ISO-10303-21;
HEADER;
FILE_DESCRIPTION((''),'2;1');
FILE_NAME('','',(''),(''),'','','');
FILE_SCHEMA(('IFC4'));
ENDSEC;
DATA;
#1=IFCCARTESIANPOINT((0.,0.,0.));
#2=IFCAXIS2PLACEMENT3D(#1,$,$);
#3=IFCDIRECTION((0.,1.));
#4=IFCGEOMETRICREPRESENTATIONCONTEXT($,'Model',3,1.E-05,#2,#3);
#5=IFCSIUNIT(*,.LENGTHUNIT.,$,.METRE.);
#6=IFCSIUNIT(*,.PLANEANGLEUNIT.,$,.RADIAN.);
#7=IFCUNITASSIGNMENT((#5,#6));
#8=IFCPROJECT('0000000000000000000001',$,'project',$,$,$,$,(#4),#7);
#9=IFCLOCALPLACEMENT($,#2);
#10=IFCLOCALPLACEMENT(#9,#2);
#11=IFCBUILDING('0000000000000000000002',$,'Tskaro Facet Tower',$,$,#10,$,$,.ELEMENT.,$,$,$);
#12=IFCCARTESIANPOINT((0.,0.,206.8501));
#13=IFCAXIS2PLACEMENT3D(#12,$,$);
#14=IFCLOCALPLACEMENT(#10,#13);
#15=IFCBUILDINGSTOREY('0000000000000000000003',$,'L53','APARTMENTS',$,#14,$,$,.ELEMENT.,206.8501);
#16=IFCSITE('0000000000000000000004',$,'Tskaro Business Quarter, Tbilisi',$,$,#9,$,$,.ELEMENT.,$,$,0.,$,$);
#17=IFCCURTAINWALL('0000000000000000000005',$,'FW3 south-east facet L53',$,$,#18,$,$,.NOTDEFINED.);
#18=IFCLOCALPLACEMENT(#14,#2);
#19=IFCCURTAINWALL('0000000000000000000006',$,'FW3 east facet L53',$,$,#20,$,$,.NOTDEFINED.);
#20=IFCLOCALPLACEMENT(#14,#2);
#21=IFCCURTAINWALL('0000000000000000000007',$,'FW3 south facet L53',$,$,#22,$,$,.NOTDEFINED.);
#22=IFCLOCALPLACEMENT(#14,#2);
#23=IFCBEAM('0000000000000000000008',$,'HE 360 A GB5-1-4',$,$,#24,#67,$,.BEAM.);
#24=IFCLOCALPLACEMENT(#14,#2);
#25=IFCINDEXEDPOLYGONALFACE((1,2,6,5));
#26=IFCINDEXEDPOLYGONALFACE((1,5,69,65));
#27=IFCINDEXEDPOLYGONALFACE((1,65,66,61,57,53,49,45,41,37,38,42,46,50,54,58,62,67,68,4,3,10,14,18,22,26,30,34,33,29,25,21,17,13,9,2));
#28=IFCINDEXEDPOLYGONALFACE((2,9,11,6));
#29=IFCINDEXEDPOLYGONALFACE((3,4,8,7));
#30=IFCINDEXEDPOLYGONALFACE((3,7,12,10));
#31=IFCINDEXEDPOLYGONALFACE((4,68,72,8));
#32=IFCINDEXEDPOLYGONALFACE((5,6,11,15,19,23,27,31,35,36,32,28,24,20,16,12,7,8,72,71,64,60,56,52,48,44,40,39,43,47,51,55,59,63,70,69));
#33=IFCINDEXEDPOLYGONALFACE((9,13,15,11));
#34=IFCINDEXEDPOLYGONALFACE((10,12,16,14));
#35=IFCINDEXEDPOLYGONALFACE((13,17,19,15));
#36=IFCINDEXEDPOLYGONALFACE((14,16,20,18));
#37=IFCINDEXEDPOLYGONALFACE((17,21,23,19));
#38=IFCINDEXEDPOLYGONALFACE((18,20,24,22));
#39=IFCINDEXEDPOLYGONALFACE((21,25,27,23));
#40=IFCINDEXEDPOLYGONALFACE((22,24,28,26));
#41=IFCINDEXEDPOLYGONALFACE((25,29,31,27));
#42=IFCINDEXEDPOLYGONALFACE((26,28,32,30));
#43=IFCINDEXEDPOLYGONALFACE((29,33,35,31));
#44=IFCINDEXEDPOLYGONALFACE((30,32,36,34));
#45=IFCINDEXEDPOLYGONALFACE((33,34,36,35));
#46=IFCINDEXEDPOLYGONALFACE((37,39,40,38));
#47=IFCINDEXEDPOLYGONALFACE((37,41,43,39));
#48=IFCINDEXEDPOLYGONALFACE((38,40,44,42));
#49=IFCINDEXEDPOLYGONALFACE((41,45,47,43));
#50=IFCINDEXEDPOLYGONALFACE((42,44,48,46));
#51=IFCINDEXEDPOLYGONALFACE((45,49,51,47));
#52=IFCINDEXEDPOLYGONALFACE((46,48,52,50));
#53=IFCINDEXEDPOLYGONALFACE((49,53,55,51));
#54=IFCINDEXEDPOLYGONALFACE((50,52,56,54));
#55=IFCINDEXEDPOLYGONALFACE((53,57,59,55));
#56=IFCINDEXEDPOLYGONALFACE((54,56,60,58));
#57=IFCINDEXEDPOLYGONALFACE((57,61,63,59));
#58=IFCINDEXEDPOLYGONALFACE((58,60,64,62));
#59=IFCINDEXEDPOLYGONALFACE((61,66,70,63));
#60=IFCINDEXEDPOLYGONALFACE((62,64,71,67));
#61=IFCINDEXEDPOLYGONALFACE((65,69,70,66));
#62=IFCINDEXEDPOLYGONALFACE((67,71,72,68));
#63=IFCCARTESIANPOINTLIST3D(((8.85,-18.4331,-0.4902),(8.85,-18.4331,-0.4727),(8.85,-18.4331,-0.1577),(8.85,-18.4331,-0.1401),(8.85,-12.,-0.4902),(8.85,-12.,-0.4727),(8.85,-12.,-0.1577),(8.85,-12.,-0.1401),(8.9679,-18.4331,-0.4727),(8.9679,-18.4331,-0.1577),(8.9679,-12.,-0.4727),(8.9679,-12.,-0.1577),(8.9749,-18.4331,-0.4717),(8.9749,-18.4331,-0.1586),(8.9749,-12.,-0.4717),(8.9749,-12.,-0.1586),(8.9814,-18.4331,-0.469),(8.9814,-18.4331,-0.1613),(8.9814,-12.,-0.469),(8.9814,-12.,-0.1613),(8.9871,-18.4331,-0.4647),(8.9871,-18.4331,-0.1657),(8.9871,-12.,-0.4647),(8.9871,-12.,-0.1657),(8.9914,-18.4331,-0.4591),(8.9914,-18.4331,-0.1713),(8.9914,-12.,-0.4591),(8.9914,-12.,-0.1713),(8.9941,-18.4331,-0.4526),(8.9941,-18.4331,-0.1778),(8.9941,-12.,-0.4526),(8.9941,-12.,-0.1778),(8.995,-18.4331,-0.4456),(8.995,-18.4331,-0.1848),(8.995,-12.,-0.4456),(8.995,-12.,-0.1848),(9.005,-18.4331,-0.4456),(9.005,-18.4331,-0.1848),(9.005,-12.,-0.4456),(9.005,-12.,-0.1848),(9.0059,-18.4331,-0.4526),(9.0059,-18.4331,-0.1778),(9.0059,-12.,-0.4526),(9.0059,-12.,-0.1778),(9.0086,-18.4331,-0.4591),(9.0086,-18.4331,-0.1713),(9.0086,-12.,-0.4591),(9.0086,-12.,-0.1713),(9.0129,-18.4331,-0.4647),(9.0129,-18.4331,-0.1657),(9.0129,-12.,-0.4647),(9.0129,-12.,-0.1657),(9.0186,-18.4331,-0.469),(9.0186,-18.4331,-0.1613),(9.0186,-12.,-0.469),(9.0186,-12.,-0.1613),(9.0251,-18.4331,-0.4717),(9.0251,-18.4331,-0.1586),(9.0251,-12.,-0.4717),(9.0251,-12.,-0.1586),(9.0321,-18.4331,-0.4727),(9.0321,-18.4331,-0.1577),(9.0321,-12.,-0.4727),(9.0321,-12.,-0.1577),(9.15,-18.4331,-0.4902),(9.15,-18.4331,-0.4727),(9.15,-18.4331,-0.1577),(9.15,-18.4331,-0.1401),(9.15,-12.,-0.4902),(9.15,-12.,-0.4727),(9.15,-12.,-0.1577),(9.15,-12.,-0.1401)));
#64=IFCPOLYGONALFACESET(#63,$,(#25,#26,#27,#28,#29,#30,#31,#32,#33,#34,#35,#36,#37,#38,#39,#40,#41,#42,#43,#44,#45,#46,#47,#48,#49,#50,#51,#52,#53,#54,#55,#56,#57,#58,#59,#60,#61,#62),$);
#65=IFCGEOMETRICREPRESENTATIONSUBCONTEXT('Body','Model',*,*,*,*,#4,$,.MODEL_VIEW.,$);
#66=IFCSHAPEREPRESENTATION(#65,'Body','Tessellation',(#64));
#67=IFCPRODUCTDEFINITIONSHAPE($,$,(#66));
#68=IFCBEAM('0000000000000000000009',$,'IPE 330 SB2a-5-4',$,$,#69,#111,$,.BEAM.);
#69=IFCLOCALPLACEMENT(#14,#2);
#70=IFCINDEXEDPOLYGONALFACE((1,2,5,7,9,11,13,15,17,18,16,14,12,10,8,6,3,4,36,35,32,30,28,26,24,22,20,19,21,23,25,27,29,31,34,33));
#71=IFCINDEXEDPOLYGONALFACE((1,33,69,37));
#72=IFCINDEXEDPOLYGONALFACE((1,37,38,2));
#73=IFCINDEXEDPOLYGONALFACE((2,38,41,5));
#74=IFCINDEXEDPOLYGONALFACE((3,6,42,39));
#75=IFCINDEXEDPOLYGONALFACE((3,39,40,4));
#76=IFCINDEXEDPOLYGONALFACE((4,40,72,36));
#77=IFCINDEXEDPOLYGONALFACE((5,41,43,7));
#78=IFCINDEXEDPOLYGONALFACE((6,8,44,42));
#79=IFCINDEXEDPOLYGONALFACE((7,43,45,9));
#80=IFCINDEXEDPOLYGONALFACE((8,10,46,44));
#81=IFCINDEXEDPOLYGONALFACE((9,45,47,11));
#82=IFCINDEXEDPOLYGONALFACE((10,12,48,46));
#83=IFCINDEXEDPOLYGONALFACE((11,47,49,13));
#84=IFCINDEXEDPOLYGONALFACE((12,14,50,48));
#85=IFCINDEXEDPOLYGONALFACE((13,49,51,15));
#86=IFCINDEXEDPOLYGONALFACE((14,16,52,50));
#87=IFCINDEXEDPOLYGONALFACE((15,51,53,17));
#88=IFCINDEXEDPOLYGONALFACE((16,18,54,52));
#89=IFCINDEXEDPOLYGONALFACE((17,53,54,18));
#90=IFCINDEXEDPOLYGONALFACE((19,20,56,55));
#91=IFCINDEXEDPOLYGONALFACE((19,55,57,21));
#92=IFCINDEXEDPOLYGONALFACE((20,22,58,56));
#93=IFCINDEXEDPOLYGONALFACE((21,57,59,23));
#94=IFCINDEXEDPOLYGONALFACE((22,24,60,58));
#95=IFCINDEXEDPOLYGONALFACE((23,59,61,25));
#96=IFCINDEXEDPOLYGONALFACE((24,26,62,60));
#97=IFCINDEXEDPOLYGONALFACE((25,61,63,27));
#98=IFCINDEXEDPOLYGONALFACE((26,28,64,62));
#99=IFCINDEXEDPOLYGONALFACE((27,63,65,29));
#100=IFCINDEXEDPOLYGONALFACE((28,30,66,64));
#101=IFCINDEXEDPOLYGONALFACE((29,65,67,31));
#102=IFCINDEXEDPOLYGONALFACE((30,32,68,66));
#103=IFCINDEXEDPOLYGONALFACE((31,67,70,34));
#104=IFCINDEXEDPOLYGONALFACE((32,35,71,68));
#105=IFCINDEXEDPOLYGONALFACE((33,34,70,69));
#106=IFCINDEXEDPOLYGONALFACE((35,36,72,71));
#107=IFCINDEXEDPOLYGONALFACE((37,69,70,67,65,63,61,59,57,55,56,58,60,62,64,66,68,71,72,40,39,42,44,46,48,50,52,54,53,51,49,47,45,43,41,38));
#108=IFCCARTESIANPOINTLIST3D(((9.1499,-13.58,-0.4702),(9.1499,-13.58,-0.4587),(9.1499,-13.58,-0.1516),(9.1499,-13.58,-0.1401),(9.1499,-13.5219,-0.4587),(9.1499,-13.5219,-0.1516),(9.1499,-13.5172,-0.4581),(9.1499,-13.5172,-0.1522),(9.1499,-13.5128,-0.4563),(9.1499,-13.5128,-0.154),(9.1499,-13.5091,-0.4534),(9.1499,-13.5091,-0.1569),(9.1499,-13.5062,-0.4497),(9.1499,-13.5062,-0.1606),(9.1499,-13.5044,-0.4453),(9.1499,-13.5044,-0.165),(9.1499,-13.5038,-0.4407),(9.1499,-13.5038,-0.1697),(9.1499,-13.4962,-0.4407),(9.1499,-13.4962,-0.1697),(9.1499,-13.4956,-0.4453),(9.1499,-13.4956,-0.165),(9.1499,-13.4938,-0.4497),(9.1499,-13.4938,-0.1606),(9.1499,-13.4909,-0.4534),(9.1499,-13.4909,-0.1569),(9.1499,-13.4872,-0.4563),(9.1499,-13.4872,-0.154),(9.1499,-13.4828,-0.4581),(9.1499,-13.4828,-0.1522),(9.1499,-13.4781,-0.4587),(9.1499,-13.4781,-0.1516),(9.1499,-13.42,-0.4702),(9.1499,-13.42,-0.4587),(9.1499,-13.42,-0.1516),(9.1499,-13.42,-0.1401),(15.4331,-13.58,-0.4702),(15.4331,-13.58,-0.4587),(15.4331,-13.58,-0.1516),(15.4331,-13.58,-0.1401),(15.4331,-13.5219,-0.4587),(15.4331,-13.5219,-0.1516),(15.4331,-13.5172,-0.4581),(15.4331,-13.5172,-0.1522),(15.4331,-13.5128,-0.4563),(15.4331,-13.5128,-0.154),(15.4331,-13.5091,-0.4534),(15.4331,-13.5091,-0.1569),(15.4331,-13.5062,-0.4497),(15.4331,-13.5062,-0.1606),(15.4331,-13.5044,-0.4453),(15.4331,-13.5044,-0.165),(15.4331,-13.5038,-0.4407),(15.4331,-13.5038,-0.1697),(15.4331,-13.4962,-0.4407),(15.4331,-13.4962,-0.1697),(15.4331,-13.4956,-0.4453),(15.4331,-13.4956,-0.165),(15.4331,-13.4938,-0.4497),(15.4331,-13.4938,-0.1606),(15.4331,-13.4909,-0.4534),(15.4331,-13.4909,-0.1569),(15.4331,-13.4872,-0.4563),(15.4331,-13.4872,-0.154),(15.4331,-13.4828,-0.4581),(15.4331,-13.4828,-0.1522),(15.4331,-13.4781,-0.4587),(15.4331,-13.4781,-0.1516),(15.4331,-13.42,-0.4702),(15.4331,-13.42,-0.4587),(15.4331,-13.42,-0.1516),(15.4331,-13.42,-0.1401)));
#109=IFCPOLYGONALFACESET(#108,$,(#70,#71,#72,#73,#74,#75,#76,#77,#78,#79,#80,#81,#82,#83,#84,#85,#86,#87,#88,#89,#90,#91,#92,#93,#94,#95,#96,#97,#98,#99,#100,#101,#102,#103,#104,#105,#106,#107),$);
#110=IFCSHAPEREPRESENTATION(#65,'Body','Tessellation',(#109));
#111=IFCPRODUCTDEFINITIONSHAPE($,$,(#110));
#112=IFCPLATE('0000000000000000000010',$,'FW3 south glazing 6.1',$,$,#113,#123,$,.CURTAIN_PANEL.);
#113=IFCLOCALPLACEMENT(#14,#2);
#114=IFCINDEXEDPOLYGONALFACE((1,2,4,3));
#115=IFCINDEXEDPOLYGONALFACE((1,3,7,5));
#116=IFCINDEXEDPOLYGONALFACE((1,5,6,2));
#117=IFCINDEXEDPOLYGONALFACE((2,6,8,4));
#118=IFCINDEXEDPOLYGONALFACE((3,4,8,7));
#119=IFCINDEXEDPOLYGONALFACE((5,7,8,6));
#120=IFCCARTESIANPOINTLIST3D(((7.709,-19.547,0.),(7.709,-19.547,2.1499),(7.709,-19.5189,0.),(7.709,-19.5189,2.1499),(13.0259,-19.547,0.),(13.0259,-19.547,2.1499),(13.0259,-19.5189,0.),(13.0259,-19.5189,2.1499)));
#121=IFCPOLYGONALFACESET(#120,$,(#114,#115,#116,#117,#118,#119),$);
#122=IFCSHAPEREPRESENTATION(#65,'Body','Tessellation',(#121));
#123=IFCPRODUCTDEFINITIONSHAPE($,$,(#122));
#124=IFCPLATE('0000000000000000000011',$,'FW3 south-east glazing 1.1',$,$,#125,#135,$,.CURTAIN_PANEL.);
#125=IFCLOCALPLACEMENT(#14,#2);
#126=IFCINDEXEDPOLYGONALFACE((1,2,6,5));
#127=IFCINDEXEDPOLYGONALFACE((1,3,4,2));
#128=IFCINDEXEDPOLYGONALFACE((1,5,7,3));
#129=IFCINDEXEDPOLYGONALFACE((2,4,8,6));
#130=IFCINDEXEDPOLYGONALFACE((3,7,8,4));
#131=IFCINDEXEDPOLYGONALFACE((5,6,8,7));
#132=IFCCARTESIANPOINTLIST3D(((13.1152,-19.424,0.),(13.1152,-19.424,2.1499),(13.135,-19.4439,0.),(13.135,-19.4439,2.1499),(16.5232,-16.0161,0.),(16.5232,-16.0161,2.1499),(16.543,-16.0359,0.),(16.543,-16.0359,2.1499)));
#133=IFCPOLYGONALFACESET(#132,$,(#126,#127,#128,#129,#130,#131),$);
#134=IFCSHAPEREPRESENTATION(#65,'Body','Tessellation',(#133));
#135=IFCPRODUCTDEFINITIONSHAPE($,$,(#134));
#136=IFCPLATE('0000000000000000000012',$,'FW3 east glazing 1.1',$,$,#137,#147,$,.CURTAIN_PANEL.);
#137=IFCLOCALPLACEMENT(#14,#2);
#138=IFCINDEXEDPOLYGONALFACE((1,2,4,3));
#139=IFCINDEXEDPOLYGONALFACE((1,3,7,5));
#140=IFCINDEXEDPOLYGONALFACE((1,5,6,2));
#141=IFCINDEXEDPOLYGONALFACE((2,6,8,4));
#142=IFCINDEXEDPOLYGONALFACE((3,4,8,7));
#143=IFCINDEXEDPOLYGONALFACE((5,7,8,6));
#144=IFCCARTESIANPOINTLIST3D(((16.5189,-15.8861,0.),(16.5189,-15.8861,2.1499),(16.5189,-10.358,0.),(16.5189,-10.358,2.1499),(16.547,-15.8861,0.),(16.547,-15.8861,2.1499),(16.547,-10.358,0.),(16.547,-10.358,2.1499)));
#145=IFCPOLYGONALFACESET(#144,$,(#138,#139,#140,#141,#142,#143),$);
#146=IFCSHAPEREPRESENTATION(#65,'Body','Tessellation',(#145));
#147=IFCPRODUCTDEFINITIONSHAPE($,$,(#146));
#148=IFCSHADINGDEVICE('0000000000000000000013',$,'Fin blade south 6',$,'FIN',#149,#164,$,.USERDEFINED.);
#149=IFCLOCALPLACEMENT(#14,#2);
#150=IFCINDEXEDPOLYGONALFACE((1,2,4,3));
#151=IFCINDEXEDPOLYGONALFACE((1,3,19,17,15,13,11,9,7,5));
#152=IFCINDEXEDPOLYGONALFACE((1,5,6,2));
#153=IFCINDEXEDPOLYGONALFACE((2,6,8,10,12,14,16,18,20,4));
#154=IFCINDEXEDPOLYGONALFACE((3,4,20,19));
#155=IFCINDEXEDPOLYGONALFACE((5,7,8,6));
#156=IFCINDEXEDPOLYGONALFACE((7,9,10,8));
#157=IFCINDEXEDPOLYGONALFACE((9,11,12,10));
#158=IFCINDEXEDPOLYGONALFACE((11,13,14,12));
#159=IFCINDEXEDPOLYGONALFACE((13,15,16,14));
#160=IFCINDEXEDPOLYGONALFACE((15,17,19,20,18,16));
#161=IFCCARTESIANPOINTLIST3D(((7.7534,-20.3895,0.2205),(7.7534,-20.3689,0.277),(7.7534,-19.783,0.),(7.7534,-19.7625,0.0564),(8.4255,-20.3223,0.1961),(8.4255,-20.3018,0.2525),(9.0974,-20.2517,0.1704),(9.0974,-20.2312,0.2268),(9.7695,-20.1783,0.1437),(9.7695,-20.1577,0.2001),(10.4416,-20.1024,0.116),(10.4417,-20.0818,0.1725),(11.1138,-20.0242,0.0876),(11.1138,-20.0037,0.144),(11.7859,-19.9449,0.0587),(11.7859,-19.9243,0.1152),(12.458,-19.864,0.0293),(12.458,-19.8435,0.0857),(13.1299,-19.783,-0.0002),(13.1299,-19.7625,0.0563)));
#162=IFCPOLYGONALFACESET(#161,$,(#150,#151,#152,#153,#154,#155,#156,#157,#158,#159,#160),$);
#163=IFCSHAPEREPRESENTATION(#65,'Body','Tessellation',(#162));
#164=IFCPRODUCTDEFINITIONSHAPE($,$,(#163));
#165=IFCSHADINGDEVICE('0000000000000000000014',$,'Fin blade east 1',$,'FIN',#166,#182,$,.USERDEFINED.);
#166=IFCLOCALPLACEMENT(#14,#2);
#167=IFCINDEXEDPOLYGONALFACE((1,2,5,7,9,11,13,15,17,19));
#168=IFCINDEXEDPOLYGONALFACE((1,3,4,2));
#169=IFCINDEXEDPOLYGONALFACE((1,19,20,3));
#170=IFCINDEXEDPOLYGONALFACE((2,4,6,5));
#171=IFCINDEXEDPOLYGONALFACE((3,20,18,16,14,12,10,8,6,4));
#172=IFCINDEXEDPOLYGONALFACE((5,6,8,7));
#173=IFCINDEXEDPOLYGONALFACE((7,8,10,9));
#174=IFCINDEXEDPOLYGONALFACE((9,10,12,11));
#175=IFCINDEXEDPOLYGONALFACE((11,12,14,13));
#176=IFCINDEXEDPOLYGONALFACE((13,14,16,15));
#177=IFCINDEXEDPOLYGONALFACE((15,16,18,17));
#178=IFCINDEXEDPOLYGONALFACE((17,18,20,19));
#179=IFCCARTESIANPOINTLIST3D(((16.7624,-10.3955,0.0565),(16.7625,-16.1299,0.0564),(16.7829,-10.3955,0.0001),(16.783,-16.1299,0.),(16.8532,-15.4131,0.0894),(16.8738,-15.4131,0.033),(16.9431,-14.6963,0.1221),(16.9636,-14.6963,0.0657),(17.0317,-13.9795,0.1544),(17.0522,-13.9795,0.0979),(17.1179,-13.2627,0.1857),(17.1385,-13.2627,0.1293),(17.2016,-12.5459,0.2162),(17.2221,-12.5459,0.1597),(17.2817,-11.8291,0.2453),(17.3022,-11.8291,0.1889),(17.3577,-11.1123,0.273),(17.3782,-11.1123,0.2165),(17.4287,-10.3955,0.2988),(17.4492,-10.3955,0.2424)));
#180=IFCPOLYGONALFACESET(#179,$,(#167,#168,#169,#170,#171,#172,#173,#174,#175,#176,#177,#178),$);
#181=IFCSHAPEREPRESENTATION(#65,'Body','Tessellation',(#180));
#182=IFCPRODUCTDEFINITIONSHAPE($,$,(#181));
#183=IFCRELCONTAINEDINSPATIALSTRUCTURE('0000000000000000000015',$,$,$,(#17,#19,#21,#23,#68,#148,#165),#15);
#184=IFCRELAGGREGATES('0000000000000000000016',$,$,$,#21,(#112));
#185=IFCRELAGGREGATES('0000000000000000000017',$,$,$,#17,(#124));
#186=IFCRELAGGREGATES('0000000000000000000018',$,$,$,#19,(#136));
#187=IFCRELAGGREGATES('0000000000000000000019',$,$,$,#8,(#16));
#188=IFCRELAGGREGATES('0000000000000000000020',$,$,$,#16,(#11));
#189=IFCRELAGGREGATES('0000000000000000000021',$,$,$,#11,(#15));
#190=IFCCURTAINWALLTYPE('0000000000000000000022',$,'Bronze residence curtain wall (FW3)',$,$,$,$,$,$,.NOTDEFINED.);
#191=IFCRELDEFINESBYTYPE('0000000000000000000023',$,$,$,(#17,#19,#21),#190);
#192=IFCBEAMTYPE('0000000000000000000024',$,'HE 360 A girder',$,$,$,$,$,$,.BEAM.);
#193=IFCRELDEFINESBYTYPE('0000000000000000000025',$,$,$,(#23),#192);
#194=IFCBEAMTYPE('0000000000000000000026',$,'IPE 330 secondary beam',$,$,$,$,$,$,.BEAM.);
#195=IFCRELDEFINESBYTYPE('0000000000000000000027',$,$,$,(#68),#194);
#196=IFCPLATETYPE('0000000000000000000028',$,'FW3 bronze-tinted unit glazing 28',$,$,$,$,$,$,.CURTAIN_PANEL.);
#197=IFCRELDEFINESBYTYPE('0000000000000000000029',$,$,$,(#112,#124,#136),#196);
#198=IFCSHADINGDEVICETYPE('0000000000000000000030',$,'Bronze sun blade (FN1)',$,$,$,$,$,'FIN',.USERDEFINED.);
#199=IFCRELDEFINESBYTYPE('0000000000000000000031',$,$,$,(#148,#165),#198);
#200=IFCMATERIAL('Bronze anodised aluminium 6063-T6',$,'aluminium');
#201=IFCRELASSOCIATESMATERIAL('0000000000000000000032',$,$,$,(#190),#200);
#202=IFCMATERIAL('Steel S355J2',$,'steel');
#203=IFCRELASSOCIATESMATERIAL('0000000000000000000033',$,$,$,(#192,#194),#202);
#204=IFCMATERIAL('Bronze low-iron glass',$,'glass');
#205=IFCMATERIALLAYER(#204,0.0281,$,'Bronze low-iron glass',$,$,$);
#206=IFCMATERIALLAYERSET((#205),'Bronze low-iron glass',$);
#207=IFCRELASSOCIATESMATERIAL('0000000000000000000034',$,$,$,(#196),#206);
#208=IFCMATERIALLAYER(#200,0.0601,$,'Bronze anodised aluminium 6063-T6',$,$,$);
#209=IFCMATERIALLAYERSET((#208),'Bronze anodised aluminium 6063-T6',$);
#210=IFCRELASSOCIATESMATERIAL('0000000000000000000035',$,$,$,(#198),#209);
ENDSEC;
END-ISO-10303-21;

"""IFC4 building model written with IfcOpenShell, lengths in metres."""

from ifc_helpers import new_model, si_unit, direction, frame, origin, origin_2d, place, context, subcontext, project, spatial, polyline, rectangle, i_section, outline, extrude, material, layer, layer_set, material_profile, profile_set, type_object, element, aggregate, save


model = new_model("IFC4")

# Units and contexts
model_context = context("Model", 3, precision=1e-05, world=origin(), true_north=direction((0.0, 1.0)))
body_context = subcontext(model_context, "Body", "Model", "MODEL_VIEW")
ifc_project = project(units=[si_unit("LENGTHUNIT", "METRE"), si_unit("PLANEANGLEUNIT", "RADIAN")], contexts=[model_context])

# Site, building, storey
site_placement = place(None, origin())
site = spatial("IfcSite", under=ifc_project, at=site_placement, Name="Tskaro Business Quarter, Tbilisi", CompositionType="ELEMENT", RefElevation=0.0)
building_placement = place(site_placement, origin())
building = spatial("IfcBuilding", under=site, at=building_placement, Name="Tskaro Facet Tower", CompositionType="ELEMENT")
storey_placement = place(building_placement, frame((0.0, 0.0, 206.8501)))
storey = spatial("IfcBuildingStorey", under=building, at=storey_placement, Name="L53", Description="APARTMENTS", CompositionType="ELEMENT", Elevation=206.8501)

# Curtain walls
ifc_material_1 = material(Name="Bronze anodised aluminium 6063-T6", Category="aluminium")
curtain_wall_type = type_object("IfcCurtainWallType", Name="Bronze residence curtain wall (FW3)", PredefinedType="NOTDEFINED", material=ifc_material_1)
curtain_wall_1_placement = place(storey_placement, origin())
curtain_wall_1 = element("IfcCurtainWall", 1, at=curtain_wall_1_placement, inside=storey, type_object=curtain_wall_type, Name="FW3 south-east facet L53", PredefinedType="NOTDEFINED")
curtain_wall_2_placement = place(storey_placement, origin())
curtain_wall_2 = element("IfcCurtainWall", 2, at=curtain_wall_2_placement, inside=storey, type_object=curtain_wall_type, Name="FW3 east facet L53", PredefinedType="NOTDEFINED")

# Curtain wall
curtain_wall_3_placement = place(storey_placement, origin())
curtain_wall_3 = element("IfcCurtainWall", 3, at=curtain_wall_3_placement, inside=storey, type_object=curtain_wall_type, Name="FW3 south facet L53", PredefinedType="NOTDEFINED")

# Beams
ifc_material_2 = material(Name="Steel S355J2", Category="steel")
ifc_material_profile_1 = material_profile(ifc_material_2, i_section(OverallWidth=0.3, OverallDepth=0.3501, WebThickness=0.01, FlangeThickness=0.0176, FilletRadius=0.0271, at=origin_2d()), Name="HE 360 A")
ifc_profile_set_1 = profile_set([ifc_material_profile_1], Name="Steel S355J2")
beam_type_1 = type_object("IfcBeamType", Name="HE 360 A girder", PredefinedType="BEAM", material=ifc_profile_set_1)
beam_1_placement = place(storey_placement, frame((9.0, -18.4331, -0.3152), z_axis=(0.0, 1.0, 0.0), x_axis=(-1.0, 0.0, 0.0)))
element("IfcBeam", 4, at=beam_1_placement, inside=storey, type_object=beam_type_1, Name="HE 360 A GB5-1-4", PredefinedType="BEAM", context=body_context, shape_type="SweptSolid", body=[
    extrude(i_section(OverallWidth=0.3, OverallDepth=0.3501, WebThickness=0.01, FlangeThickness=0.0176, FilletRadius=0.0271, at=origin_2d()), origin(), (0.0, 0.0, 1.0), 6.4331),
])
ifc_material_profile_2 = material_profile(ifc_material_2, i_section(OverallWidth=0.1599, OverallDepth=0.3301, WebThickness=0.0076, FlangeThickness=0.0115, FilletRadius=0.0181, at=origin_2d()), Name="IPE 330")
ifc_profile_set_2 = profile_set([ifc_material_profile_2], Name="Steel S355J2")
beam_type_2 = type_object("IfcBeamType", Name="IPE 330 secondary beam", PredefinedType="BEAM", material=ifc_profile_set_2)
beam_2_placement = place(storey_placement, frame((9.1499, -13.5, -0.3052), z_axis=(1.0, 0.0, 0.0), x_axis=(0.0, 1.0, 0.0)))
element("IfcBeam", 5, at=beam_2_placement, inside=storey, type_object=beam_type_2, Name="IPE 330 SB2a-5-4", PredefinedType="BEAM", context=body_context, shape_type="SweptSolid", body=[
    extrude(i_section(OverallWidth=0.1599, OverallDepth=0.3301, WebThickness=0.0076, FlangeThickness=0.0115, FilletRadius=0.0181, at=origin_2d()), origin(), (0.0, 0.0, 1.0), 6.2832),
])

# Plates
ifc_material_3 = material(Name="Bronze low-iron glass", Category="glass")
ifc_layer_1 = layer(ifc_material_3, 0.0281, Name="Bronze low-iron glass")
ifc_layer_set_1 = layer_set([ifc_layer_1], Name="Bronze low-iron glass")
plate_type = type_object("IfcPlateType", Name="FW3 bronze-tinted unit glazing 28", PredefinedType="CURTAIN_PANEL", material=ifc_layer_set_1)
plate_1_placement = place(storey_placement, frame((10.3674, -19.533, 0.0), z_axis=(0.0, 0.0, 1.0), x_axis=(1.0, 0.0, 0.0)))
plate_1 = element("IfcPlate", 6, at=plate_1_placement, type_object=plate_type, Name="FW3 south glazing 6.1", PredefinedType="CURTAIN_PANEL", context=body_context, shape_type="SweptSolid", body=[
    extrude(rectangle(XDim=5.3169, YDim=0.0281, at=origin_2d()), origin(), (0.0, 0.0, 1.0), 2.1499),
])
aggregate(curtain_wall_3, [plate_1])
plate_2_placement = place(storey_placement, frame((14.8291, -17.73, 0.0), z_axis=(0.0, 0.0, 1.0), x_axis=(0.707107, 0.707107, 0.0)))
plate_2 = element("IfcPlate", 7, at=plate_2_placement, type_object=plate_type, Name="FW3 south-east glazing 1.1", PredefinedType="CURTAIN_PANEL", context=body_context, shape_type="SweptSolid", body=[
    extrude(rectangle(XDim=4.8196, YDim=0.0281, at=origin_2d()), origin(), (0.0, 0.0, 1.0), 2.1499),
])
aggregate(curtain_wall_1, [plate_2])
plate_3_placement = place(storey_placement, frame((16.533, -13.1221, 0.0), z_axis=(0.0, 0.0, 1.0), x_axis=(0.0, 1.0, 0.0)))
plate_3 = element("IfcPlate", 8, at=plate_3_placement, type_object=plate_type, Name="FW3 east glazing 1.1", PredefinedType="CURTAIN_PANEL", context=body_context, shape_type="SweptSolid", body=[
    extrude(rectangle(XDim=5.5281, YDim=0.0281, at=origin_2d()), origin(), (0.0, 0.0, 1.0), 2.1499),
])
aggregate(curtain_wall_2, [plate_3])

# Shading devices
ifc_layer_2 = layer(ifc_material_1, 0.0601, Name="Bronze anodised aluminium 6063-T6")
ifc_layer_set_2 = layer_set([ifc_layer_2], Name="Bronze anodised aluminium 6063-T6")
shading_device_type = type_object("IfcShadingDeviceType", Name="Bronze sun blade (FN1)", ElementType="FIN", PredefinedType="USERDEFINED", material=ifc_layer_set_2)
shading_device_1_placement = place(storey_placement, frame((7.7534, -19.7625, 0.0564), z_axis=(0.000027, 0.34178, 0.93978), x_axis=(1.0, -0.000009, -0.000025)))
element("IfcShadingDevice", 9, at=shading_device_1_placement, inside=storey, type_object=shading_device_type, Name="Fin blade south 6", ObjectType="FIN", PredefinedType="USERDEFINED", context=body_context, shape_type="SweptSolid", body=[
    extrude(outline(polyline([(0.0, 0.0), (5.3765, 0.0), (4.7046, -0.0862), (4.0325, -0.1722), (3.3604, -0.2566), (2.6882, -0.3398), (2.0161, -0.4206), (1.344, -0.4988), (0.6721, -0.5739), (0.0, -0.6454), (0.0, 0.0)])), origin(), (0.0, 0.0, -1.0), 0.0601),
])
shading_device_2_placement = place(storey_placement, frame((16.7625, -16.1299, 0.0564), z_axis=(-0.34176, -0.000023, 0.939787), x_axis=(-0.000008, 1.0, 0.000022)))
element("IfcShadingDevice", 10, at=shading_device_2_placement, inside=storey, type_object=shading_device_type, Name="Fin blade east 1", ObjectType="FIN", PredefinedType="USERDEFINED", context=body_context, shape_type="SweptSolid", body=[
    extrude(outline(polyline([(0.0, 0.0), (5.7344, 0.0), (5.7344, -0.709), (5.0176, -0.6334), (4.3008, -0.5525), (3.584, -0.4673), (2.8672, -0.3783), (2.1504, -0.2865), (1.4336, -0.1922), (0.7168, -0.0966), (0.0, 0.0)])), origin(), (0.0, 0.0, -1.0), 0.0601),
])

save(model, "model.ifc")
